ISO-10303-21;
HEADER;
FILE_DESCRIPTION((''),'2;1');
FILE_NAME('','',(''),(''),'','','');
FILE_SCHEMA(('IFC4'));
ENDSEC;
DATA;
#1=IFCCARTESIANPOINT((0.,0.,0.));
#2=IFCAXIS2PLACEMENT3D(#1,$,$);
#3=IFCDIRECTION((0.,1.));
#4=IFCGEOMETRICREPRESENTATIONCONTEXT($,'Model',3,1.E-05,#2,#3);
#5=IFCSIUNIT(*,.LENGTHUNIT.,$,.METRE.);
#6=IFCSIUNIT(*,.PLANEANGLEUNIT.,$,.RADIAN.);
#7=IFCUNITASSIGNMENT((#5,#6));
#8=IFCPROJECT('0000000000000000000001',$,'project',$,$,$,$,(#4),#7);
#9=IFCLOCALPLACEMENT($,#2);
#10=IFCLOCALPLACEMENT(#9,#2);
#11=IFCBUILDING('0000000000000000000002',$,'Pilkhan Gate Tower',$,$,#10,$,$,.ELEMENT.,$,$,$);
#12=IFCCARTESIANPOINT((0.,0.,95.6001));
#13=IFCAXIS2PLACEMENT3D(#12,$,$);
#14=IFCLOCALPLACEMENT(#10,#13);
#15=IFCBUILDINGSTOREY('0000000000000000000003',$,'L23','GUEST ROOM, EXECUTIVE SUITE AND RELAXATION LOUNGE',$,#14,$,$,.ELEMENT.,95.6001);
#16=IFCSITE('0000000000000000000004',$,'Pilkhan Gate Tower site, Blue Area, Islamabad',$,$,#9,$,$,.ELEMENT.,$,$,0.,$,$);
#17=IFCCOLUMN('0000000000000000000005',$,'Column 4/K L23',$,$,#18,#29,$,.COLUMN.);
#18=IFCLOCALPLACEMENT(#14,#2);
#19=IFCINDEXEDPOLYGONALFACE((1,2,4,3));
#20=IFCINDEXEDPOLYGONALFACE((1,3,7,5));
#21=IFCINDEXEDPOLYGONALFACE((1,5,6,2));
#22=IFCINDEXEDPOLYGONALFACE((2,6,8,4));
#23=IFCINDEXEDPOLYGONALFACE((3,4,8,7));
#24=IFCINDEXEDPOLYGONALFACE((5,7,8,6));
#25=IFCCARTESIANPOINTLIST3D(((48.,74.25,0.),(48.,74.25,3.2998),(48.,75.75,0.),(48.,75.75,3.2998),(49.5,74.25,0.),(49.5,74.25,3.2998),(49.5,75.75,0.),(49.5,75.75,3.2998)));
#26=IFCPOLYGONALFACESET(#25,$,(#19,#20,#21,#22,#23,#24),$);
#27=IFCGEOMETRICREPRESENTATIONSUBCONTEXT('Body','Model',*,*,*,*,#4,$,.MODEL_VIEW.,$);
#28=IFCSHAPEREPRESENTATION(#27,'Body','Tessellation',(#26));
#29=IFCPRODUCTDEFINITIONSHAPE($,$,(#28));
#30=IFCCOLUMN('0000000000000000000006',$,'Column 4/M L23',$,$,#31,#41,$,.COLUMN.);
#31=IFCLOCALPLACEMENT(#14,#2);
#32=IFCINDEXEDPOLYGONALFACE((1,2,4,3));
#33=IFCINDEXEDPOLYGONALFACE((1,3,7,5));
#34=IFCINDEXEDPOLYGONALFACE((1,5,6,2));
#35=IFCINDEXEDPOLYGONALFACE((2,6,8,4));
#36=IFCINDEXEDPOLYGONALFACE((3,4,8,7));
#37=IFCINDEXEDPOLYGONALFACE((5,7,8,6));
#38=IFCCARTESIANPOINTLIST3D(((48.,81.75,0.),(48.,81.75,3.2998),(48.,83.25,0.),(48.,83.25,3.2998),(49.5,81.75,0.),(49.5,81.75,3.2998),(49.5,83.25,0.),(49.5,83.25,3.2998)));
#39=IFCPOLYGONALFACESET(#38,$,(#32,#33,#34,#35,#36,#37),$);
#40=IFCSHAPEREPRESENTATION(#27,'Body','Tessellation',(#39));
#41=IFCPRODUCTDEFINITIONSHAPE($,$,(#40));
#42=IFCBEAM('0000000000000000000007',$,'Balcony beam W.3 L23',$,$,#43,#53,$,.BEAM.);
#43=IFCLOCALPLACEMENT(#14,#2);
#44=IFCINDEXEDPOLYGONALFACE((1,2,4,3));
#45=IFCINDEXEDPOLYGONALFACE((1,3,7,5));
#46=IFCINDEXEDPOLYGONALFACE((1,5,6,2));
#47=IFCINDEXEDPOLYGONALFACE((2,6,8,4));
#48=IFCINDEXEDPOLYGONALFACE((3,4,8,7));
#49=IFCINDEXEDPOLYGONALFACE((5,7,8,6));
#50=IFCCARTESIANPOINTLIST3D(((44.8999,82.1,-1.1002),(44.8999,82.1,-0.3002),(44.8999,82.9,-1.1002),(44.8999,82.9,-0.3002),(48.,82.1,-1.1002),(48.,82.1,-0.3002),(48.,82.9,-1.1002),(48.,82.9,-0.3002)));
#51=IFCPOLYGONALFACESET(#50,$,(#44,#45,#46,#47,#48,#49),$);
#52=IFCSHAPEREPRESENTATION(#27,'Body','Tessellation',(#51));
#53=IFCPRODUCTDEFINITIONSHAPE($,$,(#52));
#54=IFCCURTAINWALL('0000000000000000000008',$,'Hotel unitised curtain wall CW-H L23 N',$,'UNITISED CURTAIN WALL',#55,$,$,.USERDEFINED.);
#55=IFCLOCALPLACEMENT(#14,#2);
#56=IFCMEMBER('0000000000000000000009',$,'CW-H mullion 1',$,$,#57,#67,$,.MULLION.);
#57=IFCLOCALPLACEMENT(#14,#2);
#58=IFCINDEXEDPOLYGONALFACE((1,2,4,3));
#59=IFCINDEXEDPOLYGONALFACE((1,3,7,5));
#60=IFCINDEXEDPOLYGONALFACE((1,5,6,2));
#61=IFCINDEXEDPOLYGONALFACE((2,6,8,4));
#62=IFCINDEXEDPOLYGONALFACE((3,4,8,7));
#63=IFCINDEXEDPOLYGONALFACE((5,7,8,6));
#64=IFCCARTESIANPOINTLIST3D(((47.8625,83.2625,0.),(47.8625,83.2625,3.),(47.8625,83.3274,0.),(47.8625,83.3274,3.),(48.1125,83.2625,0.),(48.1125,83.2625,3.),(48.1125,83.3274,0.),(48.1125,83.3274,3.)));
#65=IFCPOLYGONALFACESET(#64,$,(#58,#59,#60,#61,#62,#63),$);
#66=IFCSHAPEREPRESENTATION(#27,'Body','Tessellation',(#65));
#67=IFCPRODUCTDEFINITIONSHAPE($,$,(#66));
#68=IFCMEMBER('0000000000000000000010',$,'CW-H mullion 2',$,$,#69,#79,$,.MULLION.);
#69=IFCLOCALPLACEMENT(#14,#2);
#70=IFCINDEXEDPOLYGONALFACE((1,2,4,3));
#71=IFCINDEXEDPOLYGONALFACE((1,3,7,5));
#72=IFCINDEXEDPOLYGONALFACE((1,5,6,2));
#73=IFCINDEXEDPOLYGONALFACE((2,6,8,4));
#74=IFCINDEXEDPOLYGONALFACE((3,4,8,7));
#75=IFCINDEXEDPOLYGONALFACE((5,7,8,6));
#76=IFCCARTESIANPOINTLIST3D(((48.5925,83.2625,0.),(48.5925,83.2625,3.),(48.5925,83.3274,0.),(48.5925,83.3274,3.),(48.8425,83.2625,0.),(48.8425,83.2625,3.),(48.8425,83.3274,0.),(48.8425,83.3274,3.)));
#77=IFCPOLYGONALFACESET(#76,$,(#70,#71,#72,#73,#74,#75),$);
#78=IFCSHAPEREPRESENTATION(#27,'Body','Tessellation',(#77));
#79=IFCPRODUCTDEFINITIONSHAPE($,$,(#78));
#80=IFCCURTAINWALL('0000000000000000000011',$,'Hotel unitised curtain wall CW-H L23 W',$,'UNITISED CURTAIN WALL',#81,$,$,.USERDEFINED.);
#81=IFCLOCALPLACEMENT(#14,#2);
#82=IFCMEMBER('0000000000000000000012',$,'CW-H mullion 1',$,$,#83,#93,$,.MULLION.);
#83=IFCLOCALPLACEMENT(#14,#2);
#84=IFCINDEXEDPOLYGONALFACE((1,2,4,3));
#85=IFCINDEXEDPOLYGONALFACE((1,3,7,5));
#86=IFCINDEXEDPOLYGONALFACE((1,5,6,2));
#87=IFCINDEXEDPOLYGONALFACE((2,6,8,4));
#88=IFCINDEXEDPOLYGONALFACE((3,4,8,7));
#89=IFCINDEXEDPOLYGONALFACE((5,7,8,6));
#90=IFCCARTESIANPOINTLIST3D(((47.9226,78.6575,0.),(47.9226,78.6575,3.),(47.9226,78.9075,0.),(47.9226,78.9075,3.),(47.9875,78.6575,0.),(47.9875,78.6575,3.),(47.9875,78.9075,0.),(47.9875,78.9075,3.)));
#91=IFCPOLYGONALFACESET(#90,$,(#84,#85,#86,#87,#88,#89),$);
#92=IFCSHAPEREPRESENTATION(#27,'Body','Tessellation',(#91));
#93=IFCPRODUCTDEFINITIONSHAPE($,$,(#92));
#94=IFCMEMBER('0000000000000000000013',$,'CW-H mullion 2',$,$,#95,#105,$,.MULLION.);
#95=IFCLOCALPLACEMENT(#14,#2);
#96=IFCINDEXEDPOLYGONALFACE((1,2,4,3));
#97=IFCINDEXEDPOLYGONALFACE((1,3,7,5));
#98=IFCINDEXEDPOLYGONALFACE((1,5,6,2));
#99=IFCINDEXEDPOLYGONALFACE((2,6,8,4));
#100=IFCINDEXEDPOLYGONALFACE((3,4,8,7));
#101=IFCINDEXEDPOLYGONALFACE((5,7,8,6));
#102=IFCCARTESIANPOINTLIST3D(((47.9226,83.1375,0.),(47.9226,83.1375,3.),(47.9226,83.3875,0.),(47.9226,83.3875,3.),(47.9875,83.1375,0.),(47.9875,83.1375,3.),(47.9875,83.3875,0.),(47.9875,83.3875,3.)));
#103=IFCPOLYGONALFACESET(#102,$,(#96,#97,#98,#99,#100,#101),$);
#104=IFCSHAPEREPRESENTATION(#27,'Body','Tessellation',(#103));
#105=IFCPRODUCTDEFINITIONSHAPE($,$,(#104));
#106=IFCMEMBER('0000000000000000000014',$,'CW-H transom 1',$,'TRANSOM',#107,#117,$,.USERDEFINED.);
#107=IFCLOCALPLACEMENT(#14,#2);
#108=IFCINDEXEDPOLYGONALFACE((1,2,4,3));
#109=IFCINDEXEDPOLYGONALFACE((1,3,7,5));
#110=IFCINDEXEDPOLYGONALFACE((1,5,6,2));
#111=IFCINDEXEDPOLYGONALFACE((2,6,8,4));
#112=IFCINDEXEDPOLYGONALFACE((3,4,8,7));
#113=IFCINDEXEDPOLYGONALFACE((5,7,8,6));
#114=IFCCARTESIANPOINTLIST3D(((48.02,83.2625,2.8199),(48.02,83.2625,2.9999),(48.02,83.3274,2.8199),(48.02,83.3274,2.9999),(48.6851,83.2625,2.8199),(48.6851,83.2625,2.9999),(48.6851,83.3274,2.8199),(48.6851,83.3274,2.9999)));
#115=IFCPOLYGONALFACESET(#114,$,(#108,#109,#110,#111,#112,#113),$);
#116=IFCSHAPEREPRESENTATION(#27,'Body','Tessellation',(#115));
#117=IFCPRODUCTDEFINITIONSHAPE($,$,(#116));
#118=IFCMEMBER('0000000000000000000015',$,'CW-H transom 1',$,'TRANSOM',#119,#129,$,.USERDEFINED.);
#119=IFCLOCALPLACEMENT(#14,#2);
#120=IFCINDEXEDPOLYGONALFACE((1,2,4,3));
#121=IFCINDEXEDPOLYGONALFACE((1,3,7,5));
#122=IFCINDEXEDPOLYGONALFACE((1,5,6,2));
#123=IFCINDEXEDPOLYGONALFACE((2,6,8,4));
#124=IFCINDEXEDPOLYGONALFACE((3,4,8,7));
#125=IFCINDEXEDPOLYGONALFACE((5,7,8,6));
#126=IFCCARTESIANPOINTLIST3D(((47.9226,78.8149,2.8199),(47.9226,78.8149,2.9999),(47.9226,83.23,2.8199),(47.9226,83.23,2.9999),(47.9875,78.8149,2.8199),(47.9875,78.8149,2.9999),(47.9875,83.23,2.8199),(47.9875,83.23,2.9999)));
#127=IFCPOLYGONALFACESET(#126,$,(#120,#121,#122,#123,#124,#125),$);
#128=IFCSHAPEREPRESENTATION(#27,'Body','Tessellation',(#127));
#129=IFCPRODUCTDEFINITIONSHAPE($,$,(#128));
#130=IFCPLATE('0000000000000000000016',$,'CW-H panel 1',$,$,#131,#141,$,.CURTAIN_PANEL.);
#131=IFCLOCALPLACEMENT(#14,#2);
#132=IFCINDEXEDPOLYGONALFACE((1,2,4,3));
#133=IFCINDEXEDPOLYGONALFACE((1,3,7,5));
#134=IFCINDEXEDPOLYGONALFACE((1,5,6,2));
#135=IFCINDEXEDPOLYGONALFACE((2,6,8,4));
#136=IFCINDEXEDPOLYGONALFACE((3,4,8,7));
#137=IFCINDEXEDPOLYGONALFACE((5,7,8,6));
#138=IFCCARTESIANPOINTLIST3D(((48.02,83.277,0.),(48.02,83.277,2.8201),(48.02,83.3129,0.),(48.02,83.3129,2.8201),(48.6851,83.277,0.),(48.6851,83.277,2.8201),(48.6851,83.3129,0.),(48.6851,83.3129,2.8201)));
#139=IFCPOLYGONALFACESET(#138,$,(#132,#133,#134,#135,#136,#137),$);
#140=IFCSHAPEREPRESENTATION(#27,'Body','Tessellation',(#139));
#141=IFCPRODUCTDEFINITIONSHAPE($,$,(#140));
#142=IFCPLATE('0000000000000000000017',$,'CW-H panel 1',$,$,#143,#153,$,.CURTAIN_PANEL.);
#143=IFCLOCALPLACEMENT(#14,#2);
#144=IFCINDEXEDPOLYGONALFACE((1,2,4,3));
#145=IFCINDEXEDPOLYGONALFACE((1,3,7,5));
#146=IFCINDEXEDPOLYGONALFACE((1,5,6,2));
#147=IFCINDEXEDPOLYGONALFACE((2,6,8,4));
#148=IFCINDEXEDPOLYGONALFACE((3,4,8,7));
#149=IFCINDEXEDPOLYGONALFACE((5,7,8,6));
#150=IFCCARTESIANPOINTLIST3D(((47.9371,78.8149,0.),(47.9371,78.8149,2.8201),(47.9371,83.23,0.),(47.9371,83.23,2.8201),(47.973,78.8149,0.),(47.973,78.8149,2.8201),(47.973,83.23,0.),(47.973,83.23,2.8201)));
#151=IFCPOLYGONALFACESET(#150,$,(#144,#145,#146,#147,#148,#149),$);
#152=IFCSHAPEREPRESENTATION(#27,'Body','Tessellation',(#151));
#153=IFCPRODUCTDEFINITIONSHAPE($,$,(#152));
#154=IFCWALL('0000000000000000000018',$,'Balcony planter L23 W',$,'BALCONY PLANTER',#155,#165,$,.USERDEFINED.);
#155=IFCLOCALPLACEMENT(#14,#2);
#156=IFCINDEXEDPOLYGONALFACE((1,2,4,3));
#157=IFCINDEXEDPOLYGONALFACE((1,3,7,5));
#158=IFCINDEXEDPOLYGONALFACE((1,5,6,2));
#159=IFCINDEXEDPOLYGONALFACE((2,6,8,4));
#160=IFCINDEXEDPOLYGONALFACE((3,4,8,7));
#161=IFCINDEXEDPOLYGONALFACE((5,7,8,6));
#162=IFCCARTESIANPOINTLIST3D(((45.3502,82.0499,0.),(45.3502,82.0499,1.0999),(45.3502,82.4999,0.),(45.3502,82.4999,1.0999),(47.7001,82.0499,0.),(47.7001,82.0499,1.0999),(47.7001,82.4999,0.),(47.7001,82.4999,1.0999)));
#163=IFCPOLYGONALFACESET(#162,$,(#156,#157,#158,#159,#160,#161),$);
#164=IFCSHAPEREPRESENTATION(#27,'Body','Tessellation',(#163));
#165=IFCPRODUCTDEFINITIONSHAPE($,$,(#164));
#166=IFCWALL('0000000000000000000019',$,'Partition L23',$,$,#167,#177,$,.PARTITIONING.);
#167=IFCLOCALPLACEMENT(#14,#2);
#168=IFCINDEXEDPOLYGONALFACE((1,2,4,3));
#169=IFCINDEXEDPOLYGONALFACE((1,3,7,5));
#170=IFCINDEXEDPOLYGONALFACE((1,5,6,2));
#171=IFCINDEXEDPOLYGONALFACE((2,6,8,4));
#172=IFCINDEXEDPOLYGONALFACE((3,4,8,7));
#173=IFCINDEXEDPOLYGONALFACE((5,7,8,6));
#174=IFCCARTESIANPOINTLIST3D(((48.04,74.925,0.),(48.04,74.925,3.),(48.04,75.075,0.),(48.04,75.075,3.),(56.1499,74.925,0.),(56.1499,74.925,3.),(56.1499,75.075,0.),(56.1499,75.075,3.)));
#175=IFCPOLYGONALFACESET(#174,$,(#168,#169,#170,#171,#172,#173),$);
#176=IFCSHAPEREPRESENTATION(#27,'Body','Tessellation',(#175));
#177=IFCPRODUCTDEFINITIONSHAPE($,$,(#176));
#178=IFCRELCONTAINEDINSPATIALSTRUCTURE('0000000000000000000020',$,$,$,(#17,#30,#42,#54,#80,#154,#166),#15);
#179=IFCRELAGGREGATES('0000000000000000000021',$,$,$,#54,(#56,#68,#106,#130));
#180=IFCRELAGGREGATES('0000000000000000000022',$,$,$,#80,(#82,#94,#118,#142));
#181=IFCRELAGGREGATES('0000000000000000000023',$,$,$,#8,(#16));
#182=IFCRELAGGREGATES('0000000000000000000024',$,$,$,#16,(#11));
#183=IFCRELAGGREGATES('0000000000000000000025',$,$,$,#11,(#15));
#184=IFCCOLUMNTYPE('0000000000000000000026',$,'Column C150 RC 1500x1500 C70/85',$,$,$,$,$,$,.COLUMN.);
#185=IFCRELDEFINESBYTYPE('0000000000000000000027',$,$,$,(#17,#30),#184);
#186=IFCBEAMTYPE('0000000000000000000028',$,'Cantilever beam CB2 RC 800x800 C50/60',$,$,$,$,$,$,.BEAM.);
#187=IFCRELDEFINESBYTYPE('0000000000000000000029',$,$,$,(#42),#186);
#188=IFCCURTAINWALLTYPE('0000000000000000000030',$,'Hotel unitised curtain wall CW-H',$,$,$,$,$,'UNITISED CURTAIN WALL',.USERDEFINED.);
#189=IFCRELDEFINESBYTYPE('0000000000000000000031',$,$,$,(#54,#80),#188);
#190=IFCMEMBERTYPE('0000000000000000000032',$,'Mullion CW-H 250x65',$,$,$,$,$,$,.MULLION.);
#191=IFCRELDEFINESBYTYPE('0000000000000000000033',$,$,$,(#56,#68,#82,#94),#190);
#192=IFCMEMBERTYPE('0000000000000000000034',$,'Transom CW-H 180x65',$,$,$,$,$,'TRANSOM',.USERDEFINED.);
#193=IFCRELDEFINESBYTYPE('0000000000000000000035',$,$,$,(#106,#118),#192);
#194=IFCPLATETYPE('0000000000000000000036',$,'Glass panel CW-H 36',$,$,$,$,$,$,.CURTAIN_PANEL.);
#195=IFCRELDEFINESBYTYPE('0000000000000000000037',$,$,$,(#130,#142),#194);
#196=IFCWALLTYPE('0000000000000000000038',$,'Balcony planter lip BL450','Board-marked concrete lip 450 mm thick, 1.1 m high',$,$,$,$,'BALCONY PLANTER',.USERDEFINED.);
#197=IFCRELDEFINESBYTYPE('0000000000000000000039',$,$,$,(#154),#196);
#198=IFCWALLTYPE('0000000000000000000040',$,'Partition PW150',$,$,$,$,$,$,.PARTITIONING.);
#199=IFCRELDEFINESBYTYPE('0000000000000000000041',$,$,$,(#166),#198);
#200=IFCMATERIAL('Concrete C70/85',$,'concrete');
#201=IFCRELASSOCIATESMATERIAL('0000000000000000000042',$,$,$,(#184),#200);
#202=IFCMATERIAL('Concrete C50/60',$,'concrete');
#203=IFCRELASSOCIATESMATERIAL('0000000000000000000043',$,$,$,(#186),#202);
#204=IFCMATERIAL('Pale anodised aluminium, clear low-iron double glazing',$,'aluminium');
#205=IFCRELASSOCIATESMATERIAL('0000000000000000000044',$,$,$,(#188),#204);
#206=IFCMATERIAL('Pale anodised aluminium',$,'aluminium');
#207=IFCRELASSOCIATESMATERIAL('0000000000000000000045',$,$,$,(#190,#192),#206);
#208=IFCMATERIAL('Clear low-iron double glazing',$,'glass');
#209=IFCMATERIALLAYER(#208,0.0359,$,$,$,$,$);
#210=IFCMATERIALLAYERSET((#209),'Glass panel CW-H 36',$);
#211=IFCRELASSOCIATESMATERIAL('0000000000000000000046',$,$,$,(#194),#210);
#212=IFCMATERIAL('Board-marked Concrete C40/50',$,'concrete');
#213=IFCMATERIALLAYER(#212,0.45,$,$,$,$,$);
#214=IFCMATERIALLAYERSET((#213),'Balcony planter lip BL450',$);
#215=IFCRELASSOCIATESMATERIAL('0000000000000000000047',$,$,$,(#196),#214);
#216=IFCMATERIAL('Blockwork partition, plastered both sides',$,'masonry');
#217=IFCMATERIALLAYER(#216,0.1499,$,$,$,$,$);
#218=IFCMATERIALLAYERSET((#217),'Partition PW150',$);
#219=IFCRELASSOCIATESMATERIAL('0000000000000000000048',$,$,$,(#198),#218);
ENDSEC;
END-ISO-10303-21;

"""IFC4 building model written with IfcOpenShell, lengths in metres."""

from ifc_helpers import new_model, si_unit, direction, frame, frame_2d, origin, origin_2d, place, context, subcontext, project, spatial, rectangle, extrude, material, layer, layer_set, material_profile, profile_set, type_object, element, aggregate, save


model = new_model("IFC4")

# Units and contexts
model_context = context("Model", 3, precision=1e-05, world=origin(), true_north=direction((0.0, 1.0)))
body_context = subcontext(model_context, "Body", "Model", "MODEL_VIEW")
ifc_project = project(units=[si_unit("LENGTHUNIT", "METRE"), si_unit("PLANEANGLEUNIT", "RADIAN")], contexts=[model_context])

# Site, building, storey
site_placement = place(None, origin())
site = spatial("IfcSite", under=ifc_project, at=site_placement, Name="Pilkhan Gate Tower site, Blue Area, Islamabad", CompositionType="ELEMENT", RefElevation=0.0)
building_placement = place(site_placement, origin())
building = spatial("IfcBuilding", under=site, at=building_placement, Name="Pilkhan Gate Tower", CompositionType="ELEMENT")
storey_placement = place(building_placement, frame((0.0, 0.0, 95.6001)))
storey = spatial("IfcBuildingStorey", under=building, at=storey_placement, Name="L23", Description="GUEST ROOM, EXECUTIVE SUITE AND RELAXATION LOUNGE", CompositionType="ELEMENT", Elevation=95.6001)

# Columns
ifc_material_1 = material(Name="Concrete C70/85", Category="concrete")
ifc_material_profile_1 = material_profile(ifc_material_1, rectangle(XDim=1.5, YDim=1.5, at=origin_2d()), Name="RC 1500x1500")
ifc_profile_set_1 = profile_set([ifc_material_profile_1], Name="Concrete C70/85")
column_type = type_object("IfcColumnType", Name="Column C150 RC 1500x1500 C70/85", PredefinedType="COLUMN", material=ifc_profile_set_1)
for number, where, z_axis, x_axis, name in (
    (1, (48.75, 75.0, 0.0), (0.0, 0.0, 1.0), (1.0, 0.0, 0.0), "Column 4/K L23"),
    (2, (48.75, 82.5, 0.0), (0.0, 0.0, 1.0), (1.0, 0.0, 0.0), "Column 4/M L23"),
):
    element("IfcColumn", number, at=place(storey_placement, frame(where, z_axis=z_axis, x_axis=x_axis)), inside=storey, type_object=column_type, Name=name, PredefinedType="COLUMN", context=body_context, shape_type="SweptSolid", body=[
        extrude(rectangle(XDim=1.5, YDim=1.5, at=origin_2d()), origin(), (0.0, 0.0, 1.0), 3.2998),
    ])

# Beam
ifc_material_2 = material(Name="Concrete C50/60", Category="concrete")
ifc_material_profile_2 = material_profile(ifc_material_2, rectangle(XDim=0.8, YDim=0.8, at=origin_2d()), Name="RC 800x800")
ifc_profile_set_2 = profile_set([ifc_material_profile_2], Name="Concrete C50/60")
beam_type = type_object("IfcBeamType", Name="Cantilever beam CB2 RC 800x800 C50/60", PredefinedType="BEAM", material=ifc_profile_set_2)
beam_placement = place(storey_placement, frame((48.0, 82.5, -0.7002), z_axis=(-1.0, 0.0, 0.0), x_axis=(0.0, -1.0, 0.0)))
element("IfcBeam", 3, at=beam_placement, inside=storey, type_object=beam_type, Name="Balcony beam W.3 L23", PredefinedType="BEAM", context=body_context, shape_type="SweptSolid", body=[
    extrude(rectangle(XDim=0.8, YDim=0.8, at=origin_2d()), origin(), (0.0, 0.0, 1.0), 3.1001),
])

# Curtain walls, members
ifc_material_3 = material(Name="Pale anodised aluminium, clear low-iron double glazing", Category="aluminium")
curtain_wall_type = type_object("IfcCurtainWallType", Name="Hotel unitised curtain wall CW-H", ElementType="UNITISED CURTAIN WALL", PredefinedType="USERDEFINED", material=ifc_material_3)
curtain_wall_1_placement = place(storey_placement, origin())
curtain_wall_1 = element("IfcCurtainWall", 4, at=curtain_wall_1_placement, inside=storey, type_object=curtain_wall_type, Name="Hotel unitised curtain wall CW-H L23 N", ObjectType="UNITISED CURTAIN WALL", PredefinedType="USERDEFINED")
ifc_material_4 = material(Name="Pale anodised aluminium", Category="aluminium")
ifc_material_profile_3 = material_profile(ifc_material_4, rectangle(XDim=0.0649, YDim=0.25, at=origin_2d()), Name="Mullion 250x65")
ifc_profile_set_3 = profile_set([ifc_material_profile_3], Name="Pale anodised aluminium")
member_type_1 = type_object("IfcMemberType", Name="Mullion CW-H 250x65", PredefinedType="MULLION", material=ifc_profile_set_3)
member_1_placement = place(storey_placement, frame((47.9875, 83.2949, 0.0), z_axis=(0.0, 0.0, 1.0), x_axis=(0.0, 1.0, 0.0)))
member_1 = element("IfcMember", 5, at=member_1_placement, type_object=member_type_1, Name="CW-H mullion 1", PredefinedType="MULLION", context=body_context, shape_type="SweptSolid", body=[
    extrude(rectangle(XDim=0.0649, YDim=0.25, at=origin_2d()), origin(), (0.0, 0.0, 1.0), 3.0),
])
member_2_placement = place(storey_placement, frame((48.7175, 83.2949, 0.0), z_axis=(0.0, 0.0, 1.0), x_axis=(0.0, 1.0, 0.0)))
member_2 = element("IfcMember", 6, at=member_2_placement, type_object=member_type_1, Name="CW-H mullion 2", PredefinedType="MULLION", context=body_context, shape_type="SweptSolid", body=[
    extrude(rectangle(XDim=0.0649, YDim=0.25, at=origin_2d()), origin(), (0.0, 0.0, 1.0), 3.0),
])
curtain_wall_2_placement = place(storey_placement, origin())
curtain_wall_2 = element("IfcCurtainWall", 7, at=curtain_wall_2_placement, inside=storey, type_object=curtain_wall_type, Name="Hotel unitised curtain wall CW-H L23 W", ObjectType="UNITISED CURTAIN WALL", PredefinedType="USERDEFINED")
member_3_placement = place(storey_placement, frame((47.9551, 78.7825, 0.0), z_axis=(0.0, 0.0, 1.0), x_axis=(-1.0, 0.0, 0.0)))
member_3 = element("IfcMember", 8, at=member_3_placement, type_object=member_type_1, Name="CW-H mullion 1", PredefinedType="MULLION", context=body_context, shape_type="SweptSolid", body=[
    extrude(rectangle(XDim=0.0649, YDim=0.25, at=origin_2d()), origin(), (0.0, 0.0, 1.0), 3.0),
])
member_4_placement = place(storey_placement, frame((47.9551, 83.2625, 0.0), z_axis=(0.0, 0.0, 1.0), x_axis=(-1.0, 0.0, 0.0)))
member_4 = element("IfcMember", 9, at=member_4_placement, type_object=member_type_1, Name="CW-H mullion 2", PredefinedType="MULLION", context=body_context, shape_type="SweptSolid", body=[
    extrude(rectangle(XDim=0.0649, YDim=0.25, at=origin_2d()), origin(), (0.0, 0.0, 1.0), 3.0),
])

# Members
ifc_material_profile_4 = material_profile(ifc_material_4, rectangle(XDim=0.0649, YDim=0.1799, at=origin_2d()), Name="Transom 180x65")
ifc_profile_set_4 = profile_set([ifc_material_profile_4], Name="Pale anodised aluminium")
member_type_2 = type_object("IfcMemberType", Name="Transom CW-H 180x65", ElementType="TRANSOM", PredefinedType="USERDEFINED", material=ifc_profile_set_4)
member_5_placement = place(storey_placement, frame((48.02, 83.2949, 2.9099), z_axis=(1.0, 0.0, 0.0), x_axis=(0.0, 1.0, 0.0)))
member_5 = element("IfcMember", 10, at=member_5_placement, type_object=member_type_2, Name="CW-H transom 1", ObjectType="TRANSOM", PredefinedType="USERDEFINED", context=body_context, shape_type="SweptSolid", body=[
    extrude(rectangle(XDim=0.0649, YDim=0.1799, at=origin_2d()), origin(), (0.0, 0.0, 1.0), 0.665),
])
member_6_placement = place(storey_placement, frame((47.9551, 78.8149, 2.9099), z_axis=(0.0, 1.0, 0.0), x_axis=(-1.0, 0.0, 0.0)))
member_6 = element("IfcMember", 11, at=member_6_placement, type_object=member_type_2, Name="CW-H transom 1", ObjectType="TRANSOM", PredefinedType="USERDEFINED", context=body_context, shape_type="SweptSolid", body=[
    extrude(rectangle(XDim=0.0649, YDim=0.1799, at=origin_2d()), origin(), (0.0, 0.0, 1.0), 4.415),
])

# Plates
ifc_material_5 = material(Name="Clear low-iron double glazing", Category="glass")
ifc_layer_1 = layer(ifc_material_5, 0.0359)
ifc_layer_set_1 = layer_set([ifc_layer_1], Name="Glass panel CW-H 36")
plate_type = type_object("IfcPlateType", Name="Glass panel CW-H 36", PredefinedType="CURTAIN_PANEL", material=ifc_layer_set_1)
plate_1_placement = place(storey_placement, frame((48.3525, 83.2949, 0.0), z_axis=(0.0, 0.0, 1.0), x_axis=(1.0, 0.0, 0.0)))
plate_1 = element("IfcPlate", 12, at=plate_1_placement, type_object=plate_type, Name="CW-H panel 1", PredefinedType="CURTAIN_PANEL", context=body_context, shape_type="SweptSolid", body=[
    extrude(rectangle(XDim=0.665, YDim=0.0359, at=origin_2d()), origin(), (0.0, 0.0, 1.0), 2.8201),
])
aggregate(curtain_wall_1, [member_1, member_2, member_5, plate_1])
plate_2_placement = place(storey_placement, frame((47.9551, 81.0225, 0.0), z_axis=(0.0, 0.0, 1.0), x_axis=(0.0, 1.0, 0.0)))
plate_2 = element("IfcPlate", 13, at=plate_2_placement, type_object=plate_type, Name="CW-H panel 1", PredefinedType="CURTAIN_PANEL", context=body_context, shape_type="SweptSolid", body=[
    extrude(rectangle(XDim=4.415, YDim=0.0359, at=origin_2d()), origin(), (0.0, 0.0, 1.0), 2.8201),
])
aggregate(curtain_wall_2, [member_3, member_4, member_6, plate_2])

# Walls
ifc_material_6 = material(Name="Board-marked Concrete C40/50", Category="concrete")
ifc_layer_2 = layer(ifc_material_6, 0.45)
ifc_layer_set_2 = layer_set([ifc_layer_2], Name="Balcony planter lip BL450")
wall_type_1 = type_object("IfcWallType", Name="Balcony planter lip BL450", Description="Board-marked concrete lip 450 mm thick, 1.1 m high", ElementType="BALCONY PLANTER", PredefinedType="USERDEFINED", material=ifc_layer_set_2)
wall_1_placement = place(storey_placement, frame((47.7, 82.2749, 0.0), z_axis=(0.0, 0.0, 1.0), x_axis=(-1.0, 0.0, 0.0)))
element("IfcWall", 14, at=wall_1_placement, inside=storey, type_object=wall_type_1, Name="Balcony planter L23 W", ObjectType="BALCONY PLANTER", PredefinedType="USERDEFINED", context=body_context, shape_type="SweptSolid", body=[
    extrude(rectangle(XDim=2.3499, YDim=0.45, at=frame_2d((1.1748, 0.0))), origin(), (0.0, 0.0, 1.0), 1.0999),
])
ifc_material_7 = material(Name="Blockwork partition, plastered both sides", Category="masonry")
ifc_layer_3 = layer(ifc_material_7, 0.1499)
ifc_layer_set_3 = layer_set([ifc_layer_3], Name="Partition PW150")
wall_type_2 = type_object("IfcWallType", Name="Partition PW150", PredefinedType="PARTITIONING", material=ifc_layer_set_3)
wall_2_placement = place(storey_placement, frame((48.04, 75.0, 0.0), z_axis=(0.0, 0.0, 1.0), x_axis=(1.0, 0.0, 0.0)))
element("IfcWall", 15, at=wall_2_placement, inside=storey, type_object=wall_type_2, Name="Partition L23", PredefinedType="PARTITIONING", context=body_context, shape_type="SweptSolid", body=[
    extrude(rectangle(XDim=8.1099, YDim=0.1499, at=frame_2d((4.0549, 0.0))), origin(), (0.0, 0.0, 1.0), 3.0),
])

save(model, "model.ifc")
